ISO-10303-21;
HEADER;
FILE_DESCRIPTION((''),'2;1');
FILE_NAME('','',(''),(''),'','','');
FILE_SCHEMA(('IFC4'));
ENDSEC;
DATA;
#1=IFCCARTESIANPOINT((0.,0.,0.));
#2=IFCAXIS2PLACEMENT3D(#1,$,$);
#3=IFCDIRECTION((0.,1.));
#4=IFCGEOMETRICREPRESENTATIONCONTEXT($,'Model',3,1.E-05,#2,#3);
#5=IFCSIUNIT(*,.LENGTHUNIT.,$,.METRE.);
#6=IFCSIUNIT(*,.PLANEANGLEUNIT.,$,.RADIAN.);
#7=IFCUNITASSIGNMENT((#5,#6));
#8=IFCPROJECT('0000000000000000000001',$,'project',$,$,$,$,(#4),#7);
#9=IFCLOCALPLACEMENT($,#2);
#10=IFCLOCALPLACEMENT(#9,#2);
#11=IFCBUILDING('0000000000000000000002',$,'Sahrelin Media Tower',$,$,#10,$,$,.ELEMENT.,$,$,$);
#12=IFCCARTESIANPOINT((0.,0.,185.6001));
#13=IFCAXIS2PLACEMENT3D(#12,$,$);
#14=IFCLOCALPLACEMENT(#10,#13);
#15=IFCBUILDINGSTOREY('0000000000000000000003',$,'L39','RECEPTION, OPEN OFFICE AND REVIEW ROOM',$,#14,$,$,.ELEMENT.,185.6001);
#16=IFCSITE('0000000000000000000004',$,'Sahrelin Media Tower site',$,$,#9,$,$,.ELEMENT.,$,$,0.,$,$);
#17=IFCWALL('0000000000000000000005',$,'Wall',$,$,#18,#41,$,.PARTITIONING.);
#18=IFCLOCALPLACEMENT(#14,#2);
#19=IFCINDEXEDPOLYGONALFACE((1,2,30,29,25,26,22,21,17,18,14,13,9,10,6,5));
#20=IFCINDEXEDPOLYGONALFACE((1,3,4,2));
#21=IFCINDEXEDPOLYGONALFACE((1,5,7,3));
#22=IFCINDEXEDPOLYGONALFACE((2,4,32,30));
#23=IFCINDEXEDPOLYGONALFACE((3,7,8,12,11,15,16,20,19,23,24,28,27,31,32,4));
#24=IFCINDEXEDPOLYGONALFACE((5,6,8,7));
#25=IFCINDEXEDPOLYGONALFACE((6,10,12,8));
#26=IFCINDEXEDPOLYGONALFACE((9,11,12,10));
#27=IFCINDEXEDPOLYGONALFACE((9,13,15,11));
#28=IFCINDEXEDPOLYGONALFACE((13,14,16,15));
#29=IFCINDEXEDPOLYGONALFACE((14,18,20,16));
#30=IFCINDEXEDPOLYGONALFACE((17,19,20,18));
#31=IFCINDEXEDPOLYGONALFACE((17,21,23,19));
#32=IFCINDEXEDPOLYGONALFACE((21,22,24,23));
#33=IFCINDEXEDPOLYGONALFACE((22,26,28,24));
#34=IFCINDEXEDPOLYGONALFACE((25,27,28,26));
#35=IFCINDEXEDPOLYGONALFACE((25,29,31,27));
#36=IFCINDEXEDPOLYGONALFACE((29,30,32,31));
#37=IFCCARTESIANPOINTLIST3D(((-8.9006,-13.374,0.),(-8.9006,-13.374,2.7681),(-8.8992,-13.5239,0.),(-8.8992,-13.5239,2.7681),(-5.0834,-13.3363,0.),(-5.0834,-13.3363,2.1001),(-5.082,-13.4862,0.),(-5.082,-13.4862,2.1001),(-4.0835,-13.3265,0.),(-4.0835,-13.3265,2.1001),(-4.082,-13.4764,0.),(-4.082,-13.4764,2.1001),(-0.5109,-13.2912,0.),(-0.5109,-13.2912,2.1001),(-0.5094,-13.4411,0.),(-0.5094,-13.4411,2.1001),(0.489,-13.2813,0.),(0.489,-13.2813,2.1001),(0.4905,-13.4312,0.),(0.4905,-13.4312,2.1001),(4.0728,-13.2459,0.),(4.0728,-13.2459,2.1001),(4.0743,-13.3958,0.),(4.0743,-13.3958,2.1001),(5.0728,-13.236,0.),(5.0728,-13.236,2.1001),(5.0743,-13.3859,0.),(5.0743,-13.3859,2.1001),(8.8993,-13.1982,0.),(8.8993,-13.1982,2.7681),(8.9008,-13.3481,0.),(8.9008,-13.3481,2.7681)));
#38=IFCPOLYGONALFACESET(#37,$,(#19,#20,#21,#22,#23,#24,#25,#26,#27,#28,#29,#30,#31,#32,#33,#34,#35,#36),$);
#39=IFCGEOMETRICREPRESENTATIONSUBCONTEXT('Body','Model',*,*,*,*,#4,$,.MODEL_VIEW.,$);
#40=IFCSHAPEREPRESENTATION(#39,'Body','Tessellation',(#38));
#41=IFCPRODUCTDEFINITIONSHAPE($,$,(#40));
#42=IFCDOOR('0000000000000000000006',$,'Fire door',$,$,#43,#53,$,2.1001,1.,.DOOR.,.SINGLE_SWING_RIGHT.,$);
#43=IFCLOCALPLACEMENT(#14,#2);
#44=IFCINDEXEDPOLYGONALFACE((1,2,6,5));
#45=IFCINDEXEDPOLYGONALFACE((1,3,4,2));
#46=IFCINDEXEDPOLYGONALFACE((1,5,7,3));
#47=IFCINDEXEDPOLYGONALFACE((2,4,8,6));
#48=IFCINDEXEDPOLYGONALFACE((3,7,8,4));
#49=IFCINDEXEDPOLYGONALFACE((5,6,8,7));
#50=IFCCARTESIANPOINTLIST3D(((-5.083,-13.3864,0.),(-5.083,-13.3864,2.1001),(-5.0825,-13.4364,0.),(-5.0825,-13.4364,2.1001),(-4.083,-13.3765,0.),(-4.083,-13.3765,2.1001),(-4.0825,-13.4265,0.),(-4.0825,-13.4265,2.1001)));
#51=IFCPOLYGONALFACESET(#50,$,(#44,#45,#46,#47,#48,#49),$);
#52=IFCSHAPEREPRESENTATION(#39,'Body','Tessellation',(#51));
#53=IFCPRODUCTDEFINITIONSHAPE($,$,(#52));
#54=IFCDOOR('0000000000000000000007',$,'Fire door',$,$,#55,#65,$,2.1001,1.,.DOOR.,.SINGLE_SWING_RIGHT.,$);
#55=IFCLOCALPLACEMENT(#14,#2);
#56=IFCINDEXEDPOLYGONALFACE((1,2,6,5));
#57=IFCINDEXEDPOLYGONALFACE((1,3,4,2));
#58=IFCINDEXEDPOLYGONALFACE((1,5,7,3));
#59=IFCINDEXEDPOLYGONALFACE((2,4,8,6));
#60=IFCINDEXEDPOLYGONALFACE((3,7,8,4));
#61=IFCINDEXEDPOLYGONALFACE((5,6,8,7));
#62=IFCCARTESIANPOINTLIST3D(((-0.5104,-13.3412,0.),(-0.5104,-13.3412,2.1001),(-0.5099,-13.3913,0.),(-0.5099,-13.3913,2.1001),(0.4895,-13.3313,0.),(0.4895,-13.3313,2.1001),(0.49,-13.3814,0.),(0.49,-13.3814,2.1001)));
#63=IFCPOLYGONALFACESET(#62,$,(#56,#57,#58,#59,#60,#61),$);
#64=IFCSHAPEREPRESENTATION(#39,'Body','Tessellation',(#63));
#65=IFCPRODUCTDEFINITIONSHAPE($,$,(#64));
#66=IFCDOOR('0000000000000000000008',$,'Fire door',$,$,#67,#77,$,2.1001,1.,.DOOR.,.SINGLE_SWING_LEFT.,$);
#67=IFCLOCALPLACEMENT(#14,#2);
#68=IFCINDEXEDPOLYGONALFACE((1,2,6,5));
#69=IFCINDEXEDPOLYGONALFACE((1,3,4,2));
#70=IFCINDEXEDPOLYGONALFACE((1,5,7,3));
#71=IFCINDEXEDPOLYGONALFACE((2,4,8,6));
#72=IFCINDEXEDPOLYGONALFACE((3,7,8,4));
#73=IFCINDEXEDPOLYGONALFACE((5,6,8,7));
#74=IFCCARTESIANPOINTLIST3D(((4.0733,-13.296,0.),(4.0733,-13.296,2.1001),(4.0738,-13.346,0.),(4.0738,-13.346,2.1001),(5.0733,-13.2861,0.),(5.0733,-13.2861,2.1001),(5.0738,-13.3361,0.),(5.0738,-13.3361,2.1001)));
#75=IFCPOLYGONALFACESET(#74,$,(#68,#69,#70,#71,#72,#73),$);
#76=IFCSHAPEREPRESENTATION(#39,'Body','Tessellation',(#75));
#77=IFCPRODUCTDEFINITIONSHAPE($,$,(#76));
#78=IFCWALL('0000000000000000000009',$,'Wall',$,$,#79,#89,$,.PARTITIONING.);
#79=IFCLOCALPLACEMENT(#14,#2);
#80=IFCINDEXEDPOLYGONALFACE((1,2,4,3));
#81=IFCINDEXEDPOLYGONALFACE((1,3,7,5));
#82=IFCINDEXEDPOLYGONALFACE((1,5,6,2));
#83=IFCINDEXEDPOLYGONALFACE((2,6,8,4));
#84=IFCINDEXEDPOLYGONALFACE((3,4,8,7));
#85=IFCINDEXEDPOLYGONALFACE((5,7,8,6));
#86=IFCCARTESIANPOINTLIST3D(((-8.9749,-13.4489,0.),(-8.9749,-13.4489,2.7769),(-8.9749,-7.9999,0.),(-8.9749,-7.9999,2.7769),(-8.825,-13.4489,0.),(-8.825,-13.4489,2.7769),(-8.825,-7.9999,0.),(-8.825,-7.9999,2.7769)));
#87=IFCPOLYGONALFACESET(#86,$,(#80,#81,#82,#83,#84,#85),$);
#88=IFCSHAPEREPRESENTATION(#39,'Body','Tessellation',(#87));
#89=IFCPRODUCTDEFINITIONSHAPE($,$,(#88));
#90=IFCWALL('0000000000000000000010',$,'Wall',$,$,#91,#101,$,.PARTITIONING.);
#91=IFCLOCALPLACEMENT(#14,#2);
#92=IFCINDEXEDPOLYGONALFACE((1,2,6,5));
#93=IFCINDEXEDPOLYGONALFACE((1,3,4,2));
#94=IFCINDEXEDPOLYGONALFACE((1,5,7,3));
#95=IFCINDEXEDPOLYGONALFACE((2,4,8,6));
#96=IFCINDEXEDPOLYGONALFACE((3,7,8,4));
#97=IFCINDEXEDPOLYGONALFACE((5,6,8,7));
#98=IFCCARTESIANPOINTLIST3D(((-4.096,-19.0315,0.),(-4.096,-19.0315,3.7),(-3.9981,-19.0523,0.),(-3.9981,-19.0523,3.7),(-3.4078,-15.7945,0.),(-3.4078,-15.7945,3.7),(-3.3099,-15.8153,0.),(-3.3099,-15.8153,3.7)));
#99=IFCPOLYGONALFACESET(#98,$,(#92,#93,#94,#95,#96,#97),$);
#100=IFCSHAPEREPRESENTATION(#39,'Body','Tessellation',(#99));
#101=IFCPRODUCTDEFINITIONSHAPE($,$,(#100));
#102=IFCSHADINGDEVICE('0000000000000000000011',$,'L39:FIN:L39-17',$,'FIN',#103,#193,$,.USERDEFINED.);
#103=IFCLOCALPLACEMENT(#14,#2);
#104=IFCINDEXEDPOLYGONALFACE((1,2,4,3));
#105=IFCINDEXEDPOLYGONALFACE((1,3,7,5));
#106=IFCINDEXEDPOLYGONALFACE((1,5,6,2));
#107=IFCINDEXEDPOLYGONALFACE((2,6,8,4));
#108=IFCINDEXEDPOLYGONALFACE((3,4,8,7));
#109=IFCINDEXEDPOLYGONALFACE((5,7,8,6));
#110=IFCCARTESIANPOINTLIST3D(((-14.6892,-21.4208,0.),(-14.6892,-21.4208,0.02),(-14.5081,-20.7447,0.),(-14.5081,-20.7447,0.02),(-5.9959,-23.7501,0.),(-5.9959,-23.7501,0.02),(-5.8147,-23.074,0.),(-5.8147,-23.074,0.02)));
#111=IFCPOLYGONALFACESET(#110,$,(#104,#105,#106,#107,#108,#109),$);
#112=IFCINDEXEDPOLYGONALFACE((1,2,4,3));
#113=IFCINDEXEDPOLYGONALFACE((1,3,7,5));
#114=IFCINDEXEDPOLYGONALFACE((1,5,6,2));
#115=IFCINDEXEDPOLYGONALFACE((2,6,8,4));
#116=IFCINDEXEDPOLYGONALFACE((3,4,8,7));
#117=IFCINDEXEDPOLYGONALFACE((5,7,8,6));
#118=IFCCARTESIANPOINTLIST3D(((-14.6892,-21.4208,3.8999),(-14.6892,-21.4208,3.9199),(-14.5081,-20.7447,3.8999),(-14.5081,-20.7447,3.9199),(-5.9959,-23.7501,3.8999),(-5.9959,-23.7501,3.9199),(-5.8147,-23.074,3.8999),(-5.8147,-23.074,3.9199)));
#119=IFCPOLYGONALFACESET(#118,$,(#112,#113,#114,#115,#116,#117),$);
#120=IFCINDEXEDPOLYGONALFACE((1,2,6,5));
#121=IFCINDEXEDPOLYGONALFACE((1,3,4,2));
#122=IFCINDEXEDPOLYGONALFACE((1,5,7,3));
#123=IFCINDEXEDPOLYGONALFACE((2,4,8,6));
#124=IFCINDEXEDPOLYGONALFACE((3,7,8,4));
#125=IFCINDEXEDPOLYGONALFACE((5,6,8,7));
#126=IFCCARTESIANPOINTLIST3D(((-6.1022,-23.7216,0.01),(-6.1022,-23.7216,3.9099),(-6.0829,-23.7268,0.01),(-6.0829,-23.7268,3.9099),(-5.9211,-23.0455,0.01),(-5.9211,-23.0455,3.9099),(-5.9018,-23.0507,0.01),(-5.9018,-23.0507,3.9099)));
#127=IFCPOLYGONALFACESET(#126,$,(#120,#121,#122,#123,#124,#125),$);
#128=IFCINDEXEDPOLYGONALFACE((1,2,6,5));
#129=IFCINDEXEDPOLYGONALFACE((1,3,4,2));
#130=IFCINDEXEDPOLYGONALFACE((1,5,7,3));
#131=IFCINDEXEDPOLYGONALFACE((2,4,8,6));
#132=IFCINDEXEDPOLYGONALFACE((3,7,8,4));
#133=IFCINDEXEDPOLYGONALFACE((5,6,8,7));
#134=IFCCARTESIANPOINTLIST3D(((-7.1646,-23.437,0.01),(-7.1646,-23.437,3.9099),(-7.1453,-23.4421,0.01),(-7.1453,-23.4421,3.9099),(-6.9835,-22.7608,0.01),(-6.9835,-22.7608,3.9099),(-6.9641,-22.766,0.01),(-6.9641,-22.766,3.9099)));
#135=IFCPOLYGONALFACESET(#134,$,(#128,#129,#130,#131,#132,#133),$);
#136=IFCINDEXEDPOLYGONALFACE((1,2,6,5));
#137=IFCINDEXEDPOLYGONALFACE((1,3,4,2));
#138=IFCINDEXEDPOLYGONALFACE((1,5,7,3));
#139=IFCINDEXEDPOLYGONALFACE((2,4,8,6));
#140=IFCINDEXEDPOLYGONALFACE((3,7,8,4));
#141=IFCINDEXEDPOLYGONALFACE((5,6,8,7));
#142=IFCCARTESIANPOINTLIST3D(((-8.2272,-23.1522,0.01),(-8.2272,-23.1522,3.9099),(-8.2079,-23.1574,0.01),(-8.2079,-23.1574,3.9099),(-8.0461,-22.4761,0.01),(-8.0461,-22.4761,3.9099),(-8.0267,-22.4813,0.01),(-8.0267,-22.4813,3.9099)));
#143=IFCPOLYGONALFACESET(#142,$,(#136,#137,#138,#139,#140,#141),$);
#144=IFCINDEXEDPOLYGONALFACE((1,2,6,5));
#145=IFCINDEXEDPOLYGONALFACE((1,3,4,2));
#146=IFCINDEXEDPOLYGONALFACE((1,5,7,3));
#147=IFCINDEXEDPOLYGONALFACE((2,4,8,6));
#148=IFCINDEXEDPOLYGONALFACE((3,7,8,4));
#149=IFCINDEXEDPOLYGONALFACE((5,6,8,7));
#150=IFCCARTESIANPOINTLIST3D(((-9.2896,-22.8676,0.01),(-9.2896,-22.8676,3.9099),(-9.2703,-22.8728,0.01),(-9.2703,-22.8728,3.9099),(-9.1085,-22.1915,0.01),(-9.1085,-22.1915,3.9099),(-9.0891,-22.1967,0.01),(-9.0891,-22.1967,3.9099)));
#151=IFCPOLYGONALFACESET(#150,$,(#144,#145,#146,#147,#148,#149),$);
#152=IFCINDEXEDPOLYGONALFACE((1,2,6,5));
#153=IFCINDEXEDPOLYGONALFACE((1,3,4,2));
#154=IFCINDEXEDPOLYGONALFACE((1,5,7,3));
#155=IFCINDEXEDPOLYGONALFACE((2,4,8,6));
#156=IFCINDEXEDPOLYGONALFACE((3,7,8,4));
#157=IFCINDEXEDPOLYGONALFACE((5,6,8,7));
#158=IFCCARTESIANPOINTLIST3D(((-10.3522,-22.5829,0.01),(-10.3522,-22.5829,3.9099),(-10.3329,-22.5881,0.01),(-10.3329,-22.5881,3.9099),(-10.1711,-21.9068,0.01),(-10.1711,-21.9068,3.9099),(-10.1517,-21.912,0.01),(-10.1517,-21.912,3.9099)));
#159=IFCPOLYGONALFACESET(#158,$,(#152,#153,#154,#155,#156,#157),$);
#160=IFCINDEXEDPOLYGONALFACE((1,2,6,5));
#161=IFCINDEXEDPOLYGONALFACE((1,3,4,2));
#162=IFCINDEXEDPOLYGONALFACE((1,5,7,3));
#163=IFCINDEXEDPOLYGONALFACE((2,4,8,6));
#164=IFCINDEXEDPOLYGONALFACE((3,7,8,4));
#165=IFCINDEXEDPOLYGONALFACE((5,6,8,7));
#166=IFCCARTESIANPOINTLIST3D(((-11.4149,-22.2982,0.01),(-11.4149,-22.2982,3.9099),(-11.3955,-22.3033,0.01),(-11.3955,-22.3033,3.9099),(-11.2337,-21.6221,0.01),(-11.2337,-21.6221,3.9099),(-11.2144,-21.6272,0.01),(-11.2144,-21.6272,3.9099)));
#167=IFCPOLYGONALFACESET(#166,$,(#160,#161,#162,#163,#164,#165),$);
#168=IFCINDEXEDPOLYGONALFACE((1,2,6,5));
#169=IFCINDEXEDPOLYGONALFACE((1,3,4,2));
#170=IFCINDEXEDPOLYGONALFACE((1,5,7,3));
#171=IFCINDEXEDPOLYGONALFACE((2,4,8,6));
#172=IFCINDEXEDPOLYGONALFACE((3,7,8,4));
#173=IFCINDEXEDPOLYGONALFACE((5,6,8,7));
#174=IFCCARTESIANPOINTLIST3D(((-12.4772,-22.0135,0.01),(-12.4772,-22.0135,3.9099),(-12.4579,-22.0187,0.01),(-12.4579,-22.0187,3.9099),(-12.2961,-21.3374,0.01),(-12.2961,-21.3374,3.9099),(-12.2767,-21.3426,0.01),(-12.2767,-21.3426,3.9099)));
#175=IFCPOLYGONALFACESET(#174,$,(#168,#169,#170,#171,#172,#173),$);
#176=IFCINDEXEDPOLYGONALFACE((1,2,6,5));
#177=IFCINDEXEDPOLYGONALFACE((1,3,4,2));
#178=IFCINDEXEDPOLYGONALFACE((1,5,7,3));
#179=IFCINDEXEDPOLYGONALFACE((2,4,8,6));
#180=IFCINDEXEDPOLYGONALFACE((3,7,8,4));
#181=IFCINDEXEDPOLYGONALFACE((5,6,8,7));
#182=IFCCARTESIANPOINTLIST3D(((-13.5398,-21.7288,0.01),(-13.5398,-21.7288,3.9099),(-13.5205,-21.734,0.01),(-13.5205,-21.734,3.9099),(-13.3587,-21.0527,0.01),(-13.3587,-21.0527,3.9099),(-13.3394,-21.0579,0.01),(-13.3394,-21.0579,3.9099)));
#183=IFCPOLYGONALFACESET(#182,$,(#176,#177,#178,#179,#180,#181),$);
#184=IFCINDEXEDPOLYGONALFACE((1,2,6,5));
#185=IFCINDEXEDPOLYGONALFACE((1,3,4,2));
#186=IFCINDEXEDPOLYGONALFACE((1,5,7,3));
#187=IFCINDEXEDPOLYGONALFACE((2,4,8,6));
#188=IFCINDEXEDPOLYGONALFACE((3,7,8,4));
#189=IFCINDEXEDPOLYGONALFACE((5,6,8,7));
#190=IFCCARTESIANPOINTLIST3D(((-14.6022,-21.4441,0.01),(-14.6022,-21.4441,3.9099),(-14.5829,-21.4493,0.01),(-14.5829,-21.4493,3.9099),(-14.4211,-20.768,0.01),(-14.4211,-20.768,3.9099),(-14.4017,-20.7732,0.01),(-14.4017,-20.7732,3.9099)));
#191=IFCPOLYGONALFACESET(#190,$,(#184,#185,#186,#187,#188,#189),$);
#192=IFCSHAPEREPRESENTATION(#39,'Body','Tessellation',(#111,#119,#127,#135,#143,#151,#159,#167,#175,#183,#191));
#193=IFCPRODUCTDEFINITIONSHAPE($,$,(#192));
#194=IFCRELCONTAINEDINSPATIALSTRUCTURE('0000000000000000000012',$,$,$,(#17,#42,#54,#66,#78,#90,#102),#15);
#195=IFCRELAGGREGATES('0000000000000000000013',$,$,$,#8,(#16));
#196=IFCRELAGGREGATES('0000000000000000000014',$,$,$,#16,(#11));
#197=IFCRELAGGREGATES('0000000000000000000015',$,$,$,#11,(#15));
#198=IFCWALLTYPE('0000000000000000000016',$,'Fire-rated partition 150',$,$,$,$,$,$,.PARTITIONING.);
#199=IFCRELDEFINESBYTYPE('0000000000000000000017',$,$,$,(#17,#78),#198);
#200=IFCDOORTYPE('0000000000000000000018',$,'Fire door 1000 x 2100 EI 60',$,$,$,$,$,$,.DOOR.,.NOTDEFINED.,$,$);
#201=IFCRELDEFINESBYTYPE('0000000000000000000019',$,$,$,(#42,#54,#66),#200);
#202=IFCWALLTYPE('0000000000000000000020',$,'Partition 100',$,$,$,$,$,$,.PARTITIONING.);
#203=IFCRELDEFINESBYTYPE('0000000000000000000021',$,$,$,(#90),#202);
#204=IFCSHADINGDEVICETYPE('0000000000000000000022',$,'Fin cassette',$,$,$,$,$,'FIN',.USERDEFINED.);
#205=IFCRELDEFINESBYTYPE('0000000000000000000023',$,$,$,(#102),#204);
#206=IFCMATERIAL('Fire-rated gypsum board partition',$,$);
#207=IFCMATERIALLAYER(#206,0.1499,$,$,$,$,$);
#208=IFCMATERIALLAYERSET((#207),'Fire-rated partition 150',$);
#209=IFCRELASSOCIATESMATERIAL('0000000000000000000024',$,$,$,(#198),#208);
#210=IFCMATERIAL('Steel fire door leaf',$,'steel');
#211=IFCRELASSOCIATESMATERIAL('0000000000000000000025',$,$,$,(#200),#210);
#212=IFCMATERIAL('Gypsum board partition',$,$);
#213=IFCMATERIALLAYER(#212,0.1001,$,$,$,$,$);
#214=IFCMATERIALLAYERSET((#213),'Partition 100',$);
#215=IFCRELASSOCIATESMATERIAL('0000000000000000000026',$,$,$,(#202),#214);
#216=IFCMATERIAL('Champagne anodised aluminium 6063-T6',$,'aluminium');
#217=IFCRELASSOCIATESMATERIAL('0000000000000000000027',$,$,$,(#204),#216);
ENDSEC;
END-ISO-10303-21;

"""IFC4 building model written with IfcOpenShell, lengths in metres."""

from ifc_helpers import new_model, si_unit, direction, frame, frame_2d, origin, origin_2d, place, context, subcontext, project, spatial, rectangle, extrude, material, layer, layer_set, type_object, element, fill, save


model = new_model("IFC4")

# Units and contexts
model_context = context("Model", 3, precision=1e-05, world=origin(), true_north=direction((0.0, 1.0)))
body_context = subcontext(model_context, "Body", "Model", "MODEL_VIEW")
ifc_project = project(units=[si_unit("LENGTHUNIT", "METRE"), si_unit("PLANEANGLEUNIT", "RADIAN")], contexts=[model_context])

# Site, building, storey
site_placement = place(None, origin())
site = spatial("IfcSite", under=ifc_project, at=site_placement, Name="Sahrelin Media Tower site", CompositionType="ELEMENT", RefElevation=0.0)
building_placement = place(site_placement, origin())
building = spatial("IfcBuilding", under=site, at=building_placement, Name="Sahrelin Media Tower", CompositionType="ELEMENT")
storey_placement = place(building_placement, frame((0.0, 0.0, 185.6001)))
storey = spatial("IfcBuildingStorey", under=building, at=storey_placement, Name="L39", Description="RECEPTION, OPEN OFFICE AND REVIEW ROOM", CompositionType="ELEMENT", Elevation=185.6001)

# Shared definitions
ifc_material_1 = material(Name="Champagne anodised aluminium 6063-T6", Category="aluminium")

# Wall, openings, doors
ifc_material_2 = material(Name="Fire-rated gypsum board partition")
ifc_layer_1 = layer(ifc_material_2, 0.1499)
ifc_layer_set_1 = layer_set([ifc_layer_1], Name="Fire-rated partition 150")
wall_type_1 = type_object("IfcWallType", Name="Fire-rated partition 150", PredefinedType="PARTITIONING", material=ifc_layer_set_1)
wall_1_placement = place(storey_placement, frame((-8.8999, -13.449, 0.0), z_axis=(0.0, 0.0, 1.0), x_axis=(0.999951, 0.009875, 0.0)))
wall_1 = element("IfcWall", 1, at=wall_1_placement, inside=storey, type_object=wall_type_1, Name="Wall", PredefinedType="PARTITIONING", context=body_context, shape_type="SweptSolid", body=[
    extrude(rectangle(XDim=17.8008, YDim=0.1499, at=frame_2d((8.9004, 0.0))), origin(), (0.0, 0.0, 1.0), 2.7681),
])
opening_1_placement = place(wall_1_placement, frame((3.8174, 0.0, 0.0)))
opening_1 = element("IfcOpeningElement", 2, at=opening_1_placement, cuts=wall_1, PredefinedType="OPENING", context=body_context, shape_type="SweptSolid", body=[
    extrude(rectangle(XDim=1.0, YDim=2.1001, at=frame_2d((0.5, 1.05))), frame((0.0, 0.075, 0.0), z_axis=(0.0, -1.0, 0.0), x_axis=(1.0, 0.0, 0.0)), (0.0, 0.0, 1.0), 0.1499),
])
opening_2_placement = place(wall_1_placement, frame((8.3901, 0.0, 0.0)))
opening_2 = element("IfcOpeningElement", 3, at=opening_2_placement, cuts=wall_1, PredefinedType="OPENING", context=body_context, shape_type="SweptSolid", body=[
    extrude(rectangle(XDim=1.0, YDim=2.1001, at=frame_2d((0.5, 1.05))), frame((0.0, 0.075, 0.0), z_axis=(0.0, -1.0, 0.0), x_axis=(1.0, 0.0, 0.0)), (0.0, 0.0, 1.0), 0.1499),
])
opening_3_placement = place(wall_1_placement, frame((12.9741, 0.0, 0.0)))
opening_3 = element("IfcOpeningElement", 4, at=opening_3_placement, cuts=wall_1, PredefinedType="OPENING", context=body_context, shape_type="SweptSolid", body=[
    extrude(rectangle(XDim=1.0, YDim=2.1001, at=frame_2d((0.5, 1.05))), frame((0.0, 0.075, 0.0), z_axis=(0.0, -1.0, 0.0), x_axis=(1.0, 0.0, 0.0)), (0.0, 0.0, 1.0), 0.1499),
])
ifc_material_3 = material(Name="Steel fire door leaf", Category="steel")
door_type = type_object("IfcDoorType", Name="Fire door 1000 x 2100 EI 60", OperationType="NOTDEFINED", PredefinedType="DOOR", material=ifc_material_3)
door_1_placement = place(opening_1_placement, origin())
door_1 = element("IfcDoor", 5, at=door_1_placement, inside=storey, type_object=door_type, Name="Fire door", OperationType="SINGLE_SWING_RIGHT", OverallHeight=2.1001, OverallWidth=1.0, PredefinedType="DOOR", context=body_context, shape_type="SweptSolid", body=[
    extrude(rectangle(XDim=1.0, YDim=2.1001, at=frame_2d((0.5, 1.05))), frame((0.0, 0.0249, 0.0), z_axis=(0.0, -1.0, 0.0), x_axis=(1.0, 0.0, 0.0)), (0.0, 0.0, 1.0), 0.05),
])
fill(opening_1, door_1)
door_2_placement = place(opening_2_placement, origin())
door_2 = element("IfcDoor", 6, at=door_2_placement, inside=storey, type_object=door_type, Name="Fire door", OperationType="SINGLE_SWING_RIGHT", OverallHeight=2.1001, OverallWidth=1.0, PredefinedType="DOOR", context=body_context, shape_type="SweptSolid", body=[
    extrude(rectangle(XDim=1.0, YDim=2.1001, at=frame_2d((0.5, 1.05))), frame((0.0, 0.0249, 0.0), z_axis=(0.0, -1.0, 0.0), x_axis=(1.0, 0.0, 0.0)), (0.0, 0.0, 1.0), 0.05),
])
fill(opening_2, door_2)
door_3_placement = place(opening_3_placement, origin())
door_3 = element("IfcDoor", 7, at=door_3_placement, inside=storey, type_object=door_type, Name="Fire door", OperationType="SINGLE_SWING_LEFT", OverallHeight=2.1001, OverallWidth=1.0, PredefinedType="DOOR", context=body_context, shape_type="SweptSolid", body=[
    extrude(rectangle(XDim=1.0, YDim=2.1001, at=frame_2d((0.5, 1.05))), frame((0.0, 0.0249, 0.0), z_axis=(0.0, -1.0, 0.0), x_axis=(1.0, 0.0, 0.0)), (0.0, 0.0, 1.0), 0.05),
])
fill(opening_3, door_3)

# Walls
wall_2_placement = place(storey_placement, frame((-8.8999, -13.449, 0.0), z_axis=(0.0, 0.0, 1.0), x_axis=(0.0, 1.0, 0.0)))
element("IfcWall", 8, at=wall_2_placement, inside=storey, type_object=wall_type_1, Name="Wall", PredefinedType="PARTITIONING", context=body_context, shape_type="SweptSolid", body=[
    extrude(rectangle(XDim=5.449, YDim=0.1499, at=frame_2d((2.7246, 0.0))), origin(), (0.0, 0.0, 1.0), 2.7769),
])
ifc_material_4 = material(Name="Gypsum board partition")
ifc_layer_2 = layer(ifc_material_4, 0.1001)
ifc_layer_set_2 = layer_set([ifc_layer_2], Name="Partition 100")
wall_type_2 = type_object("IfcWallType", Name="Partition 100", PredefinedType="PARTITIONING", material=ifc_layer_set_2)
wall_3_placement = place(storey_placement, frame((-4.0471, -19.042, 0.0), z_axis=(0.0, 0.0, 1.0), x_axis=(0.207962, 0.978137, 0.0)))
element("IfcWall", 9, at=wall_3_placement, inside=storey, type_object=wall_type_2, Name="Wall", PredefinedType="PARTITIONING", context=body_context, shape_type="SweptSolid", body=[
    extrude(rectangle(XDim=3.3093, YDim=0.1001, at=frame_2d((1.6548, 0.0))), origin(), (0.0, 0.0, 1.0), 3.7),
])

# Shading device
shading_device_type_1 = type_object("IfcShadingDeviceType", Name="Fin cassette", ElementType="FIN", PredefinedType="USERDEFINED", material=ifc_material_1)
placement = place(storey_placement, frame((-10.1433, -21.8418, 0.0), z_axis=(0.0, 0.0, 1.0), x_axis=(-0.965929, 0.258808, 0.0)))
element("IfcShadingDevice", 10, at=placement, inside=storey, type_object=shading_device_type_1, Name="L39:FIN:L39-17", ObjectType="FIN", PredefinedType="USERDEFINED", context=body_context, shape_type="SweptSolid", body=[
    extrude(rectangle(XDim=9.0, YDim=0.7, at=origin_2d()), frame((0.0, 0.4199, 0.0)), (0.0, 0.0, 1.0), 0.02),
    extrude(rectangle(XDim=9.0, YDim=0.7, at=origin_2d()), frame((0.0, 0.4199, 3.8999)), (0.0, 0.0, 1.0), 0.02),
    extrude(rectangle(XDim=0.02, YDim=0.7, at=origin_2d()), frame((-4.3999, 0.4199, 0.01), z_axis=(0.0, 0.0, 1.0), x_axis=(1.0, 0.0, 0.0)), (0.0, 0.0, 1.0), 3.8999),
    extrude(rectangle(XDim=0.02, YDim=0.7, at=origin_2d()), frame((-3.3, 0.4199, 0.01), z_axis=(0.0, 0.0, 1.0), x_axis=(1.0, 0.0, 0.0)), (0.0, 0.0, 1.0), 3.8999),
    extrude(rectangle(XDim=0.02, YDim=0.7, at=origin_2d()), frame((-2.2, 0.4199, 0.01), z_axis=(0.0, 0.0, 1.0), x_axis=(1.0, 0.0, 0.0)), (0.0, 0.0, 1.0), 3.8999),
    extrude(rectangle(XDim=0.02, YDim=0.7, at=origin_2d()), frame((-1.1001, 0.4199, 0.01), z_axis=(0.0, 0.0, 1.0), x_axis=(1.0, 0.0, 0.0)), (0.0, 0.0, 1.0), 3.8999),
    extrude(rectangle(XDim=0.02, YDim=0.7, at=origin_2d()), frame((0.0, 0.4199, 0.01), z_axis=(0.0, 0.0, 1.0), x_axis=(1.0, 0.0, 0.0)), (0.0, 0.0, 1.0), 3.8999),
    extrude(rectangle(XDim=0.02, YDim=0.7, at=origin_2d()), frame((1.1001, 0.4199, 0.01), z_axis=(0.0, 0.0, 1.0), x_axis=(1.0, 0.0, 0.0)), (0.0, 0.0, 1.0), 3.8999),
    extrude(rectangle(XDim=0.02, YDim=0.7, at=origin_2d()), frame((2.2, 0.4199, 0.01), z_axis=(0.0, 0.0, 1.0), x_axis=(1.0, 0.0, 0.0)), (0.0, 0.0, 1.0), 3.8999),
    extrude(rectangle(XDim=0.02, YDim=0.7, at=origin_2d()), frame((3.3, 0.4199, 0.01), z_axis=(0.0, 0.0, 1.0), x_axis=(1.0, 0.0, 0.0)), (0.0, 0.0, 1.0), 3.8999),
    extrude(rectangle(XDim=0.02, YDim=0.7, at=origin_2d()), frame((4.3999, 0.4199, 0.01), z_axis=(0.0, 0.0, 1.0), x_axis=(1.0, 0.0, 0.0)), (0.0, 0.0, 1.0), 3.8999),
])

save(model, "model.ifc")
